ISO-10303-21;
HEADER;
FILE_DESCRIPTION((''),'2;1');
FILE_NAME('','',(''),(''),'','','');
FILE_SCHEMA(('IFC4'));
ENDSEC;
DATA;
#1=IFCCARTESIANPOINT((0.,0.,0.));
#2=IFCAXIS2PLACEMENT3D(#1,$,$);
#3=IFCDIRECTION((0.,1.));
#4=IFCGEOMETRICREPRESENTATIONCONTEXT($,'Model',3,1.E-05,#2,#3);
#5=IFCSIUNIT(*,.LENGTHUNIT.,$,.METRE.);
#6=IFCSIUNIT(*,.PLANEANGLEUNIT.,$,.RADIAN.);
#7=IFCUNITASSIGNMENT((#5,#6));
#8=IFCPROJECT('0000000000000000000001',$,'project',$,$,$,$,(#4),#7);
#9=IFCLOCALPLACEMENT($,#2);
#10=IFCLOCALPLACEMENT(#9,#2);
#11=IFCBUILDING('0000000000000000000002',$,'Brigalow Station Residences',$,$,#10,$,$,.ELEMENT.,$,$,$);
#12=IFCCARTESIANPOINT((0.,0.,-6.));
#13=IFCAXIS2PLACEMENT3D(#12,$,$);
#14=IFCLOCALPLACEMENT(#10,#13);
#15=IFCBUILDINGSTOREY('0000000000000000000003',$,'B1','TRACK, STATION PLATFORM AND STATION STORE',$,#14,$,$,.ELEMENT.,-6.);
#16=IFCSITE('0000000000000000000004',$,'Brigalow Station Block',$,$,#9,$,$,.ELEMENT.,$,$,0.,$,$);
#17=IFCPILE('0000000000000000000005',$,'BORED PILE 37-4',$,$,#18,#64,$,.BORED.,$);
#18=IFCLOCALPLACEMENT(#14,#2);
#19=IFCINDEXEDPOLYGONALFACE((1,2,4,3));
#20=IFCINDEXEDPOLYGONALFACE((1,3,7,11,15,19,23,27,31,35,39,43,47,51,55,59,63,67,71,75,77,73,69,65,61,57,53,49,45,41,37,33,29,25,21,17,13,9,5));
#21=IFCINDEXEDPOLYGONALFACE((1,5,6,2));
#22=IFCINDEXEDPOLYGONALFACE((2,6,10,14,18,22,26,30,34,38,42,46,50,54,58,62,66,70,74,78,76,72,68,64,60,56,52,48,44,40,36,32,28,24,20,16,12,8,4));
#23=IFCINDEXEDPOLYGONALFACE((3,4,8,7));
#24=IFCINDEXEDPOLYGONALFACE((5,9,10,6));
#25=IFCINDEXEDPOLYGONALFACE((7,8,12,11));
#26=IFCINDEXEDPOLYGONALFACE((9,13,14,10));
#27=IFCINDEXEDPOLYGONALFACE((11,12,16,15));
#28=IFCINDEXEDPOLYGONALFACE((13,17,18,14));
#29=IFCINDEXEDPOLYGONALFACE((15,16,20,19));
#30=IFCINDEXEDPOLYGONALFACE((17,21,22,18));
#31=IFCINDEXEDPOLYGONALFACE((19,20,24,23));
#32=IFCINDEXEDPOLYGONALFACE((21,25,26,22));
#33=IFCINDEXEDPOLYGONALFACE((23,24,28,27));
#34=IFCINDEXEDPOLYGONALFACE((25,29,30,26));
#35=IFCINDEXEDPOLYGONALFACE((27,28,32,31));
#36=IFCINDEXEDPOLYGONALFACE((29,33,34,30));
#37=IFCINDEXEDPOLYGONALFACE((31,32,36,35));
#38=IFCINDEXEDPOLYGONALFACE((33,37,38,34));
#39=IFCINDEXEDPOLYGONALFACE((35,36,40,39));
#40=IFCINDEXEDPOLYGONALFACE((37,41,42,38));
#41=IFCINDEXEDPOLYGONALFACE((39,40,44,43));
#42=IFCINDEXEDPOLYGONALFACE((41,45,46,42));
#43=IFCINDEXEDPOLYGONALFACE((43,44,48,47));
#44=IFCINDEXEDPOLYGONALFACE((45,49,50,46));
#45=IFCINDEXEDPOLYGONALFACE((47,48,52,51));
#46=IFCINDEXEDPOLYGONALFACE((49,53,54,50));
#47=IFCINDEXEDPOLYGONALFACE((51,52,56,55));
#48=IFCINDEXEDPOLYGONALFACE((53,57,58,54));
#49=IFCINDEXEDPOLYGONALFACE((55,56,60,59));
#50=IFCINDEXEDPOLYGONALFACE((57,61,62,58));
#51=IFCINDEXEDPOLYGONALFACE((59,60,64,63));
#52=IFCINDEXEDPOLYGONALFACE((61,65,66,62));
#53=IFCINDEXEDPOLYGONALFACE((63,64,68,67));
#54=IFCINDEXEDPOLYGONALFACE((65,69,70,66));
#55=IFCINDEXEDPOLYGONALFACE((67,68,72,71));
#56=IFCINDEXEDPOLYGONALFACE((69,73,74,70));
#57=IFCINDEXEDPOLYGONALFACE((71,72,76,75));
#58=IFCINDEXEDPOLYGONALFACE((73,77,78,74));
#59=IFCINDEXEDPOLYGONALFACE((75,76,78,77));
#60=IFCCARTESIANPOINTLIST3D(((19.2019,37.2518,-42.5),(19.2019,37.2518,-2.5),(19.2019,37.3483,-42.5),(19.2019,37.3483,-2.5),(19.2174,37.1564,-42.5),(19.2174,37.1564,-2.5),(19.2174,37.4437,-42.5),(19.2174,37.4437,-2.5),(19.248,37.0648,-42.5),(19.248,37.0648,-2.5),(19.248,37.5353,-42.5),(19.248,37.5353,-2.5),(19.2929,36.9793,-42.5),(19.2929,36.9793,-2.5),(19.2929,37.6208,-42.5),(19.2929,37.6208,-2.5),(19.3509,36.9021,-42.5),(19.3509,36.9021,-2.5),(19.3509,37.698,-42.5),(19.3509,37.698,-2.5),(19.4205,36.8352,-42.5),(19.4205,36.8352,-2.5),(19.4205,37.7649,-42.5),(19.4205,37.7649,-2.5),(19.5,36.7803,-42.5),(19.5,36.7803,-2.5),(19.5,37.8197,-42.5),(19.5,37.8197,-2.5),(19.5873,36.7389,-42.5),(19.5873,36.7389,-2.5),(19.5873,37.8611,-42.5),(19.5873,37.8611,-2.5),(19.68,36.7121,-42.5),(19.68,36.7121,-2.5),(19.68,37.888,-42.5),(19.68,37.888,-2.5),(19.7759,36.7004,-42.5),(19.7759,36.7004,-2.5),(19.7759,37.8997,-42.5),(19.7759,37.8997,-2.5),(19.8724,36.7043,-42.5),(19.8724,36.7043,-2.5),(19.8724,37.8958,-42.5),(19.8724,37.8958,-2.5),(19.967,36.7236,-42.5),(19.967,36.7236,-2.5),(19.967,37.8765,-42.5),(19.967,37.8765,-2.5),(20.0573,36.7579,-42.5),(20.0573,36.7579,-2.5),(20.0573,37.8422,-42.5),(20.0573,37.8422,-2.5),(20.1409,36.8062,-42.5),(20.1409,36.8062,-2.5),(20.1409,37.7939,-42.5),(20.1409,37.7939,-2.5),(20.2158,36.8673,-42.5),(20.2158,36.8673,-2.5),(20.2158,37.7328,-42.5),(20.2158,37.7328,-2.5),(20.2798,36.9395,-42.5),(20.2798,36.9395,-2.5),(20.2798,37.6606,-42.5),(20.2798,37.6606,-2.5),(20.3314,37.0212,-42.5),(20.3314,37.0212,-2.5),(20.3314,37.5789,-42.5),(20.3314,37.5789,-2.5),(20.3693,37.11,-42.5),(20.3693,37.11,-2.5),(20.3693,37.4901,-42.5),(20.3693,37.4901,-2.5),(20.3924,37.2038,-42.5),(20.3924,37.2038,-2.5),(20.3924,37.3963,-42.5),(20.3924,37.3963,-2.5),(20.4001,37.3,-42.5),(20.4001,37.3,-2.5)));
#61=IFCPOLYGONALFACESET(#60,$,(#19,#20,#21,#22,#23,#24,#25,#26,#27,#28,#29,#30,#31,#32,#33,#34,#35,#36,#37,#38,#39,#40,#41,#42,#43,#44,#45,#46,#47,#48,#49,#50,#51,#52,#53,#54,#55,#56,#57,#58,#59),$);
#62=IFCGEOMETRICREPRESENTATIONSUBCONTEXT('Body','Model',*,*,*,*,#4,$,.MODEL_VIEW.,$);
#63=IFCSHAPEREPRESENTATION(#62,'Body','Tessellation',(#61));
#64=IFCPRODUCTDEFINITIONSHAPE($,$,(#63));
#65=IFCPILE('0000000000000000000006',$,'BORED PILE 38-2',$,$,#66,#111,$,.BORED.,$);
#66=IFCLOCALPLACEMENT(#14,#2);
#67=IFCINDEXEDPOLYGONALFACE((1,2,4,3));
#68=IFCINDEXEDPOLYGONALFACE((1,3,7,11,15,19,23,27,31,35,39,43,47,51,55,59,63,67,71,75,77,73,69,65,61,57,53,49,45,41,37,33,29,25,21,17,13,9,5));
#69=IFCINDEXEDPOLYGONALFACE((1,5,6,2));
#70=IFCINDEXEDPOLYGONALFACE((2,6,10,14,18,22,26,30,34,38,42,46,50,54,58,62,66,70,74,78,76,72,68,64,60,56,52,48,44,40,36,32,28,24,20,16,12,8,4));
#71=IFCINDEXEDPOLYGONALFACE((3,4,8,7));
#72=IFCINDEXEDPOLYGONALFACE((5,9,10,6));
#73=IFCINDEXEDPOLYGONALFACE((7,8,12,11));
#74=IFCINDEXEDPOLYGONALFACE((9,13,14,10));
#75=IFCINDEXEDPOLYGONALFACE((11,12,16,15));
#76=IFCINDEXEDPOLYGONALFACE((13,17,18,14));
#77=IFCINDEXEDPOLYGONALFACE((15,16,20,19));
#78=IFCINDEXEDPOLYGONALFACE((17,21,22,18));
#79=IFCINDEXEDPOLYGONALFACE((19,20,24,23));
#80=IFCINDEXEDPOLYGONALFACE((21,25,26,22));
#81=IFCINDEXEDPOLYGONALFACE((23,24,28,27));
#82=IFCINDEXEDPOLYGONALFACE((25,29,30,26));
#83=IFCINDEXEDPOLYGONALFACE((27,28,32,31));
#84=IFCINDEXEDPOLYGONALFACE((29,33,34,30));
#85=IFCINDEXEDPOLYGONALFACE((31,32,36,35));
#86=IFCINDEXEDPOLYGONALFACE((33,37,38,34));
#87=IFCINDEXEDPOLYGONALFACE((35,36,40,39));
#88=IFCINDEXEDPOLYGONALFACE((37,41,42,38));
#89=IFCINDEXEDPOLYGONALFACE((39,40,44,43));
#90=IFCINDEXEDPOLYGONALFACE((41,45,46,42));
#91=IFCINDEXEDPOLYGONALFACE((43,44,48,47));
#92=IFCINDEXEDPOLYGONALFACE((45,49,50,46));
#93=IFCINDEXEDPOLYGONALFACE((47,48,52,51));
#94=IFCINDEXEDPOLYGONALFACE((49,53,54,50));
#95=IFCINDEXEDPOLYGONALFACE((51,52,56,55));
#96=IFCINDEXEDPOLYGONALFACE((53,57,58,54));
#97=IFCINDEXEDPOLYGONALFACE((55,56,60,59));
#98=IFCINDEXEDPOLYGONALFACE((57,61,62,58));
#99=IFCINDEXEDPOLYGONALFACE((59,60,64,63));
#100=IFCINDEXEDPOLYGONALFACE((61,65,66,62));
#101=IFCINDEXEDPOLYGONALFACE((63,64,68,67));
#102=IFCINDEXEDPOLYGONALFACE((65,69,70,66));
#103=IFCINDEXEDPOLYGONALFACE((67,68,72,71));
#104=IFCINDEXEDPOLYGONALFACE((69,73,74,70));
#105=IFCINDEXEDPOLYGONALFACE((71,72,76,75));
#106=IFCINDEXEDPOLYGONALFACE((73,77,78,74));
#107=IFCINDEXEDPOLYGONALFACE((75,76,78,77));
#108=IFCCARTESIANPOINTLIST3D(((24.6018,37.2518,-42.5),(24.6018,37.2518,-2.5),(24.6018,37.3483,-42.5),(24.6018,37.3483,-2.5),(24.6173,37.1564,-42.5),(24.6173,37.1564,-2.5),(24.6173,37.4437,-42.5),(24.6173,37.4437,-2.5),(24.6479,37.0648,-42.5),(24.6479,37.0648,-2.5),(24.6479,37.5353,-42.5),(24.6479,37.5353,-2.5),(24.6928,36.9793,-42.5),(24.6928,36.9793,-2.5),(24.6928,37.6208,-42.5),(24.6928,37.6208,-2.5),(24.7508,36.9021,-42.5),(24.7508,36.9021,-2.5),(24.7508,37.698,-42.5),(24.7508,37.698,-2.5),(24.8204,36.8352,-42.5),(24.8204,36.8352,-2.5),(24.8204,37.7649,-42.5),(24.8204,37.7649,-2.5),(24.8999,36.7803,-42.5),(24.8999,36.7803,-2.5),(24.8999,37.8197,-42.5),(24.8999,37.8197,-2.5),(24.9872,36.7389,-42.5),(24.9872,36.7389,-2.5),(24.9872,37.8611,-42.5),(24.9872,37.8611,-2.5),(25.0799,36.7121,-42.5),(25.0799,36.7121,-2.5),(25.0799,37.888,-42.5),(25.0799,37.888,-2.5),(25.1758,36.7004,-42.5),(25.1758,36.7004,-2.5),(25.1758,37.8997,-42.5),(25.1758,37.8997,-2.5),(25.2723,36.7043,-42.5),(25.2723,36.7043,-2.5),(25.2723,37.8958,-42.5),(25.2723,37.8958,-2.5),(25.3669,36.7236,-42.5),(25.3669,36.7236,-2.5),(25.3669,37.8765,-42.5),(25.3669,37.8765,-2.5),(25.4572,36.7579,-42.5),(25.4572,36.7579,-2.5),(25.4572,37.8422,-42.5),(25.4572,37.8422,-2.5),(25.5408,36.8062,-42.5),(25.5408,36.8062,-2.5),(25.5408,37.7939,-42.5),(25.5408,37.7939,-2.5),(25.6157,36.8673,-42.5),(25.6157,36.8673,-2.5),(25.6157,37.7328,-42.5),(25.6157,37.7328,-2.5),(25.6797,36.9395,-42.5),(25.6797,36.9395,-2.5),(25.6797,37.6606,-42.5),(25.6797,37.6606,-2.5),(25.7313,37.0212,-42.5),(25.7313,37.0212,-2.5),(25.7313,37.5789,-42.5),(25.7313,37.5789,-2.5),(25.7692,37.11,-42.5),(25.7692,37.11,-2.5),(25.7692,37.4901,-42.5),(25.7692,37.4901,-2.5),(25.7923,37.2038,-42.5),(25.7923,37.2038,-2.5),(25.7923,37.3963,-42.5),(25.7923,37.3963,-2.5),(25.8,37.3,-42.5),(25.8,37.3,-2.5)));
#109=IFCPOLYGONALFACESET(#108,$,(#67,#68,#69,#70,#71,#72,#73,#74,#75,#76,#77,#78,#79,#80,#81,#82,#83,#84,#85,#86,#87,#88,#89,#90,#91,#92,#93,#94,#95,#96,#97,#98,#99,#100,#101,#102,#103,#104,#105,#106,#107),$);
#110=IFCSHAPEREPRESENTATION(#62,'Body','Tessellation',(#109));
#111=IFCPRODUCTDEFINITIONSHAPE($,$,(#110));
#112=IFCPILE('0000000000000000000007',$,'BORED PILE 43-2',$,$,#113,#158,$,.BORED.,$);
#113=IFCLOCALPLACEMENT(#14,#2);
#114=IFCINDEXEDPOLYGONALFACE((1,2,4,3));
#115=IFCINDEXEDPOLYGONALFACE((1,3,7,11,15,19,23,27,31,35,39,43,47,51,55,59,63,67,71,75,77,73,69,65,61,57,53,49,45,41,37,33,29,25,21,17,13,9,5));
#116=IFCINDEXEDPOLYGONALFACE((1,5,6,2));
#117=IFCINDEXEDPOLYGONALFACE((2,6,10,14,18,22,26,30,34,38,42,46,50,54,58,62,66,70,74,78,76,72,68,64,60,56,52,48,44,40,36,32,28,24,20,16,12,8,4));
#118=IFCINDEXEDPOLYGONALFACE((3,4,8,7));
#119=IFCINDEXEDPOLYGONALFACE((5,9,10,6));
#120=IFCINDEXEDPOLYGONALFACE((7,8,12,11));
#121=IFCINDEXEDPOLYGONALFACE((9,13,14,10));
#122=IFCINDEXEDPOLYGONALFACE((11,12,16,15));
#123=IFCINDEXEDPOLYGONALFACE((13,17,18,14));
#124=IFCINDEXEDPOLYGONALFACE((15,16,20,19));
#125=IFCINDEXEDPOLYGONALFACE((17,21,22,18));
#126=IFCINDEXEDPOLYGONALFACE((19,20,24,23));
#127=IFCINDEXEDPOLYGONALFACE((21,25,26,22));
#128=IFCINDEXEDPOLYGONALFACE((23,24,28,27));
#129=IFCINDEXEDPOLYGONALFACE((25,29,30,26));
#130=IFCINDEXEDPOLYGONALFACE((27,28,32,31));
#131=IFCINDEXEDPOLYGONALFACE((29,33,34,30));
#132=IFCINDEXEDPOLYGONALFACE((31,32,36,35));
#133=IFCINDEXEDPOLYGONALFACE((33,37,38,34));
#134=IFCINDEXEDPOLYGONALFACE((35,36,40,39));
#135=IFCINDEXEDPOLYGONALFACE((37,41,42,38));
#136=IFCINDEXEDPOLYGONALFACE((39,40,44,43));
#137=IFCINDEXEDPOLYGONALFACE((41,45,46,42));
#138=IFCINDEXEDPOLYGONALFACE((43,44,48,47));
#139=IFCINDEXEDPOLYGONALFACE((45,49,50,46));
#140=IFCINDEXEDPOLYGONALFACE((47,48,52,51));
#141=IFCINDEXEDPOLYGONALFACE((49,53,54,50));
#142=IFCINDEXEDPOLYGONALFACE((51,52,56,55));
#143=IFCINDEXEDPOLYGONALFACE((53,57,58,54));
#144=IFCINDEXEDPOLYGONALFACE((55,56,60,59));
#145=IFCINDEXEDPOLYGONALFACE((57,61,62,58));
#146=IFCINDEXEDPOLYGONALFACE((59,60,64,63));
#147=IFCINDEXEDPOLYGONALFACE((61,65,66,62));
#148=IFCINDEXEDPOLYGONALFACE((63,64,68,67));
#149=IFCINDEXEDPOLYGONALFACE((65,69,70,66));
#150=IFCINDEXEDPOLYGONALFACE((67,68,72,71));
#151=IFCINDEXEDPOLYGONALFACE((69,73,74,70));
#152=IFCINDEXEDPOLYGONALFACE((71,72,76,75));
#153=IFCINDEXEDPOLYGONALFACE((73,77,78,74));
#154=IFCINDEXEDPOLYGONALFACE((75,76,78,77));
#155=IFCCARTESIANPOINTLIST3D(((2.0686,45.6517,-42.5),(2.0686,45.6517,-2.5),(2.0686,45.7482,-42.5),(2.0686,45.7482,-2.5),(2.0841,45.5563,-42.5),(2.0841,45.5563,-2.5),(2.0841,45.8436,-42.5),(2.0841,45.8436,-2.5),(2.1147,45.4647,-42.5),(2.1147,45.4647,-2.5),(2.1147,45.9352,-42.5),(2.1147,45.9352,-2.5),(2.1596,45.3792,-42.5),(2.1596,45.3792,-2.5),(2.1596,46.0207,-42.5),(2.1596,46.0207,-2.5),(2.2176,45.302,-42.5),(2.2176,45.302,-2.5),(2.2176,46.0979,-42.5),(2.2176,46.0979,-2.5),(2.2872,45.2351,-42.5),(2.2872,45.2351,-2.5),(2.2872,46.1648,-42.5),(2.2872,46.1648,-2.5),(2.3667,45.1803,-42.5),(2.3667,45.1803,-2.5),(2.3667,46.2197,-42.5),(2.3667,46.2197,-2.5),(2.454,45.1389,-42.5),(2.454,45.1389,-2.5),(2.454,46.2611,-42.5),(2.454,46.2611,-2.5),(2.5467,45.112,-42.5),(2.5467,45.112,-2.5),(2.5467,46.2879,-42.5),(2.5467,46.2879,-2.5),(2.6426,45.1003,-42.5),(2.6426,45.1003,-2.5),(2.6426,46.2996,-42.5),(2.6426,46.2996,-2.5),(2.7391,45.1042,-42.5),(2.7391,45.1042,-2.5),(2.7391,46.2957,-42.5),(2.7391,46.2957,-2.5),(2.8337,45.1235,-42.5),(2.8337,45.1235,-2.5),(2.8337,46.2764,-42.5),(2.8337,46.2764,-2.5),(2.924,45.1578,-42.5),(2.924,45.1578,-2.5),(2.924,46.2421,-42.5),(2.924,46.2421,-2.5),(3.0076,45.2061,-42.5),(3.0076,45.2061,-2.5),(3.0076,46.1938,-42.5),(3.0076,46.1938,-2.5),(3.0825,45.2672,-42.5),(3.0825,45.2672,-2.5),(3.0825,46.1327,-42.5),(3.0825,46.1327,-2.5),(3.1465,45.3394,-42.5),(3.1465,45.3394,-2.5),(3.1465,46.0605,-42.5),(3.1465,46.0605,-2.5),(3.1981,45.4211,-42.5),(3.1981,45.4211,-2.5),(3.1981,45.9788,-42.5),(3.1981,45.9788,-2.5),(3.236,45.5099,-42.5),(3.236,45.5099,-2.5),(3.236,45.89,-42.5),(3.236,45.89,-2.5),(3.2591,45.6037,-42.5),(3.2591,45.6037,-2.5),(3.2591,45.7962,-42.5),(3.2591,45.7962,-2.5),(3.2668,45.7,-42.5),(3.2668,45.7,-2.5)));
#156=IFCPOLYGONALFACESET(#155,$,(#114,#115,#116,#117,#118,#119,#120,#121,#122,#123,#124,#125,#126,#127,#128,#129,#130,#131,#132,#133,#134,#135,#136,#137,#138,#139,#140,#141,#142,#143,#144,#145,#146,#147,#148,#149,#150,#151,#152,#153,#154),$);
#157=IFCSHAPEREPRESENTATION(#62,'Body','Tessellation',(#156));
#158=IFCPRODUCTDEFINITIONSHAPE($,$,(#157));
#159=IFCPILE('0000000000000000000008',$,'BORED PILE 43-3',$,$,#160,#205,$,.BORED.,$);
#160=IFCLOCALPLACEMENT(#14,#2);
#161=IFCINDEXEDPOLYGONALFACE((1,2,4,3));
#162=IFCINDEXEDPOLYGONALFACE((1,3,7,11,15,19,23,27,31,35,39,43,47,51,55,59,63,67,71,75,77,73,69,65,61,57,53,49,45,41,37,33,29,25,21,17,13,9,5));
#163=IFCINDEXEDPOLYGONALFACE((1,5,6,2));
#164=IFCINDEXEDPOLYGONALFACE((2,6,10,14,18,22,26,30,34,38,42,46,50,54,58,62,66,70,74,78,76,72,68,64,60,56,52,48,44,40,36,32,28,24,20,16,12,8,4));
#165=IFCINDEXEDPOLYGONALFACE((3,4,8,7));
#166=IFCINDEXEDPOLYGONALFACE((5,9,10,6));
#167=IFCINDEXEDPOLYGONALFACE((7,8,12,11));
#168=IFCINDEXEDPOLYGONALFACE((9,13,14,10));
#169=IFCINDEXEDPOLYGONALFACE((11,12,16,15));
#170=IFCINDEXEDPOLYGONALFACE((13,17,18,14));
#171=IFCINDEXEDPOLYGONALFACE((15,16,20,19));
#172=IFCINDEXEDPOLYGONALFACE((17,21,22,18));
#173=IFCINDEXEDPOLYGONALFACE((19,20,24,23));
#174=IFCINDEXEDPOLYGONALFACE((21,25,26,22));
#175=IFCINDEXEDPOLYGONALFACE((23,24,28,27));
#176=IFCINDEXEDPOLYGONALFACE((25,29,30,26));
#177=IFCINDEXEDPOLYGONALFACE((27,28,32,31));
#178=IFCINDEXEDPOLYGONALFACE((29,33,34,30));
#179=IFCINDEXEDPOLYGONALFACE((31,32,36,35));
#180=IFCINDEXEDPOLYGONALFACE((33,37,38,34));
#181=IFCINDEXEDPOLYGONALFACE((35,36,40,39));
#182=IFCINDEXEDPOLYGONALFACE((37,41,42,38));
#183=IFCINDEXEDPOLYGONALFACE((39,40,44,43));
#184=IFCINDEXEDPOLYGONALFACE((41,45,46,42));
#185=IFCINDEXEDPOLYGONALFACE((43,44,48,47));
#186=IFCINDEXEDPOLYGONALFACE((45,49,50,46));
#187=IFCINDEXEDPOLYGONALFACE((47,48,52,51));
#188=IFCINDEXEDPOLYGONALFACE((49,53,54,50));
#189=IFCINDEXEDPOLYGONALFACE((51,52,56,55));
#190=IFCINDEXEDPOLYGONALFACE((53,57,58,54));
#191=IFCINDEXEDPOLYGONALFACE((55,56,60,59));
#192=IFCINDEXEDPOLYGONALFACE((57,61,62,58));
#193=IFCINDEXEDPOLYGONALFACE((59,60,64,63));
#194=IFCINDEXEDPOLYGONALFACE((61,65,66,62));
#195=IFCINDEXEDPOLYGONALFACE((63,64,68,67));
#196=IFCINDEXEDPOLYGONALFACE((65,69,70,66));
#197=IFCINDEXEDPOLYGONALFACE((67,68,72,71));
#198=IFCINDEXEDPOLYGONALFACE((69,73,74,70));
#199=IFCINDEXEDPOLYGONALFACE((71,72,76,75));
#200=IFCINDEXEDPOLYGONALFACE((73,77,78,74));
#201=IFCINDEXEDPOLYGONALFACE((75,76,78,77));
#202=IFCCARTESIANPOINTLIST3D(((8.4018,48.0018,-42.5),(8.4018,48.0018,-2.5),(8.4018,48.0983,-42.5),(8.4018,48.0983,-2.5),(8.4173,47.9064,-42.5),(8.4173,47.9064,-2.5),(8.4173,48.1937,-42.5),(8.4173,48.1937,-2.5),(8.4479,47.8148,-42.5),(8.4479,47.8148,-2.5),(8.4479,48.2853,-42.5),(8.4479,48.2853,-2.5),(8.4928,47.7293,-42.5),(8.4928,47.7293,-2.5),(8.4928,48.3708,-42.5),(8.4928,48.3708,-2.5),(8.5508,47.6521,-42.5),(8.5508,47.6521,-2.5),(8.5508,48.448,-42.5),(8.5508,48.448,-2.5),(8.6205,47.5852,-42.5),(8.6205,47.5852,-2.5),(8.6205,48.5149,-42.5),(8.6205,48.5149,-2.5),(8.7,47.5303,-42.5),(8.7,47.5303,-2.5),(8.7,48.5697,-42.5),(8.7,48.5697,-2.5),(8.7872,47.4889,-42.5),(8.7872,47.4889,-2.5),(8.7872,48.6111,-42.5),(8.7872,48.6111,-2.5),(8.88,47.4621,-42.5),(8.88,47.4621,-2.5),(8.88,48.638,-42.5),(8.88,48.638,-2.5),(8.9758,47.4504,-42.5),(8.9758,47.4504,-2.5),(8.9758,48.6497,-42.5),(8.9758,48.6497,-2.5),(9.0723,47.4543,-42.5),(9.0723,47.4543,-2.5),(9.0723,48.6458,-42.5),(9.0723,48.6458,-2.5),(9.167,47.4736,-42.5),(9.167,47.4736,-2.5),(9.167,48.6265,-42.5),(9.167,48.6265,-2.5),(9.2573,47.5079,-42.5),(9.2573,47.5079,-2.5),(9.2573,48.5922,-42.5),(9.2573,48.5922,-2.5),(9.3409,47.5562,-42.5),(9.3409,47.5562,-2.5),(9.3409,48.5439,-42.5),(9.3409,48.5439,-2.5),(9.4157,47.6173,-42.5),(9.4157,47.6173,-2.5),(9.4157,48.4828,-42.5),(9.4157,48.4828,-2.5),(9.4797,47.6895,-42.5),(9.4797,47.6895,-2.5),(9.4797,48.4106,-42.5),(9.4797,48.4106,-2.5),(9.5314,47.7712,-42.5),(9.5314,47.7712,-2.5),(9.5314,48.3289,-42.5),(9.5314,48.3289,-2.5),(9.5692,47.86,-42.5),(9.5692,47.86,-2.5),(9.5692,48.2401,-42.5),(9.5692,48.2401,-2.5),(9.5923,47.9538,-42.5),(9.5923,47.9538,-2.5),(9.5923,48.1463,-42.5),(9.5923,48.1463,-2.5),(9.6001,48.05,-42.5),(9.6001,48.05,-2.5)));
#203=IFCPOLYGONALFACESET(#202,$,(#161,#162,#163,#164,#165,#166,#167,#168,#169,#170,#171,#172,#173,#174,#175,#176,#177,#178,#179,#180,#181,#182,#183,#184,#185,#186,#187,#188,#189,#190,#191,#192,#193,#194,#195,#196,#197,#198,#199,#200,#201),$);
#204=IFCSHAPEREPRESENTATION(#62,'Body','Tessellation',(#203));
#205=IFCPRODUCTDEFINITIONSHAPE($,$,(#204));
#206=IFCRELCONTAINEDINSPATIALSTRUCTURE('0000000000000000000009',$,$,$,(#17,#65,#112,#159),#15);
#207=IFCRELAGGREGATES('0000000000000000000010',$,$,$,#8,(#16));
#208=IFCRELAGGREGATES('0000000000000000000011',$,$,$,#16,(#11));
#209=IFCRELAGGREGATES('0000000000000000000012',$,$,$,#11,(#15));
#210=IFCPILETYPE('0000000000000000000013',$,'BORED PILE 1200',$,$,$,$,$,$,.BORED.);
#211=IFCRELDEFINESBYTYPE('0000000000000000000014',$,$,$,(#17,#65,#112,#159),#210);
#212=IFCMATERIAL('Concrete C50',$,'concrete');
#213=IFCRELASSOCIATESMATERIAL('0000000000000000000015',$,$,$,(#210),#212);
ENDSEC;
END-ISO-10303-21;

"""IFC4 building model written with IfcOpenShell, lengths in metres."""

from ifc_helpers import new_model, si_unit, direction, frame, origin, origin_2d, place, context, subcontext, project, spatial, circle, extrude, material, material_profile, profile_set, type_object, element, save


model = new_model("IFC4")

# Units and contexts
model_context = context("Model", 3, precision=1e-05, world=origin(), true_north=direction((0.0, 1.0)))
body_context = subcontext(model_context, "Body", "Model", "MODEL_VIEW")
ifc_project = project(units=[si_unit("LENGTHUNIT", "METRE"), si_unit("PLANEANGLEUNIT", "RADIAN")], contexts=[model_context])

# Site, building, storey
site_placement = place(None, origin())
site = spatial("IfcSite", under=ifc_project, at=site_placement, Name="Brigalow Station Block", CompositionType="ELEMENT", RefElevation=0.0)
building_placement = place(site_placement, origin())
building = spatial("IfcBuilding", under=site, at=building_placement, Name="Brigalow Station Residences", CompositionType="ELEMENT")
storey_placement = place(building_placement, frame((0.0, 0.0, -6.0)))
storey = spatial("IfcBuildingStorey", under=building, at=storey_placement, Name="B1", Description="TRACK, STATION PLATFORM AND STATION STORE", CompositionType="ELEMENT", Elevation=-6.0)

# Piles
ifc_material_1 = material(Name="Concrete C50", Category="concrete")
ifc_material_profile_1 = material_profile(ifc_material_1, circle(Radius=0.6001, at=origin_2d()), Name="BP1200")
ifc_profile_set_1 = profile_set([ifc_material_profile_1], Name="Concrete C50")
pile_type_1 = type_object("IfcPileType", Name="BORED PILE 1200", PredefinedType="BORED", material=ifc_profile_set_1)
for number, where, z_axis, x_axis, name in (
    (1, (19.8, 37.3, -2.5), (0.0, 0.0, -1.0), (1.0, 0.0, 0.0), "BORED PILE 37-4"),
    (2, (25.2, 37.3, -2.5), (0.0, 0.0, -1.0), (1.0, 0.0, 0.0), "BORED PILE 38-2"),
    (3, (2.6667, 45.7, -2.5), (0.0, 0.0, -1.0), (1.0, 0.0, 0.0), "BORED PILE 43-2"),
    (4, (9.0, 48.05, -2.5), (0.0, 0.0, -1.0), (1.0, 0.0, 0.0), "BORED PILE 43-3"),
):
    element("IfcPile", number, at=place(storey_placement, frame(where, z_axis=z_axis, x_axis=x_axis)), inside=storey, type_object=pile_type_1, Name=name, PredefinedType="BORED", context=body_context, shape_type="SweptSolid", body=[
        extrude(circle(Radius=0.6001, at=origin_2d()), origin(), (0.0, 0.0, 1.0), 40.0),
    ])

save(model, "model.ifc")
